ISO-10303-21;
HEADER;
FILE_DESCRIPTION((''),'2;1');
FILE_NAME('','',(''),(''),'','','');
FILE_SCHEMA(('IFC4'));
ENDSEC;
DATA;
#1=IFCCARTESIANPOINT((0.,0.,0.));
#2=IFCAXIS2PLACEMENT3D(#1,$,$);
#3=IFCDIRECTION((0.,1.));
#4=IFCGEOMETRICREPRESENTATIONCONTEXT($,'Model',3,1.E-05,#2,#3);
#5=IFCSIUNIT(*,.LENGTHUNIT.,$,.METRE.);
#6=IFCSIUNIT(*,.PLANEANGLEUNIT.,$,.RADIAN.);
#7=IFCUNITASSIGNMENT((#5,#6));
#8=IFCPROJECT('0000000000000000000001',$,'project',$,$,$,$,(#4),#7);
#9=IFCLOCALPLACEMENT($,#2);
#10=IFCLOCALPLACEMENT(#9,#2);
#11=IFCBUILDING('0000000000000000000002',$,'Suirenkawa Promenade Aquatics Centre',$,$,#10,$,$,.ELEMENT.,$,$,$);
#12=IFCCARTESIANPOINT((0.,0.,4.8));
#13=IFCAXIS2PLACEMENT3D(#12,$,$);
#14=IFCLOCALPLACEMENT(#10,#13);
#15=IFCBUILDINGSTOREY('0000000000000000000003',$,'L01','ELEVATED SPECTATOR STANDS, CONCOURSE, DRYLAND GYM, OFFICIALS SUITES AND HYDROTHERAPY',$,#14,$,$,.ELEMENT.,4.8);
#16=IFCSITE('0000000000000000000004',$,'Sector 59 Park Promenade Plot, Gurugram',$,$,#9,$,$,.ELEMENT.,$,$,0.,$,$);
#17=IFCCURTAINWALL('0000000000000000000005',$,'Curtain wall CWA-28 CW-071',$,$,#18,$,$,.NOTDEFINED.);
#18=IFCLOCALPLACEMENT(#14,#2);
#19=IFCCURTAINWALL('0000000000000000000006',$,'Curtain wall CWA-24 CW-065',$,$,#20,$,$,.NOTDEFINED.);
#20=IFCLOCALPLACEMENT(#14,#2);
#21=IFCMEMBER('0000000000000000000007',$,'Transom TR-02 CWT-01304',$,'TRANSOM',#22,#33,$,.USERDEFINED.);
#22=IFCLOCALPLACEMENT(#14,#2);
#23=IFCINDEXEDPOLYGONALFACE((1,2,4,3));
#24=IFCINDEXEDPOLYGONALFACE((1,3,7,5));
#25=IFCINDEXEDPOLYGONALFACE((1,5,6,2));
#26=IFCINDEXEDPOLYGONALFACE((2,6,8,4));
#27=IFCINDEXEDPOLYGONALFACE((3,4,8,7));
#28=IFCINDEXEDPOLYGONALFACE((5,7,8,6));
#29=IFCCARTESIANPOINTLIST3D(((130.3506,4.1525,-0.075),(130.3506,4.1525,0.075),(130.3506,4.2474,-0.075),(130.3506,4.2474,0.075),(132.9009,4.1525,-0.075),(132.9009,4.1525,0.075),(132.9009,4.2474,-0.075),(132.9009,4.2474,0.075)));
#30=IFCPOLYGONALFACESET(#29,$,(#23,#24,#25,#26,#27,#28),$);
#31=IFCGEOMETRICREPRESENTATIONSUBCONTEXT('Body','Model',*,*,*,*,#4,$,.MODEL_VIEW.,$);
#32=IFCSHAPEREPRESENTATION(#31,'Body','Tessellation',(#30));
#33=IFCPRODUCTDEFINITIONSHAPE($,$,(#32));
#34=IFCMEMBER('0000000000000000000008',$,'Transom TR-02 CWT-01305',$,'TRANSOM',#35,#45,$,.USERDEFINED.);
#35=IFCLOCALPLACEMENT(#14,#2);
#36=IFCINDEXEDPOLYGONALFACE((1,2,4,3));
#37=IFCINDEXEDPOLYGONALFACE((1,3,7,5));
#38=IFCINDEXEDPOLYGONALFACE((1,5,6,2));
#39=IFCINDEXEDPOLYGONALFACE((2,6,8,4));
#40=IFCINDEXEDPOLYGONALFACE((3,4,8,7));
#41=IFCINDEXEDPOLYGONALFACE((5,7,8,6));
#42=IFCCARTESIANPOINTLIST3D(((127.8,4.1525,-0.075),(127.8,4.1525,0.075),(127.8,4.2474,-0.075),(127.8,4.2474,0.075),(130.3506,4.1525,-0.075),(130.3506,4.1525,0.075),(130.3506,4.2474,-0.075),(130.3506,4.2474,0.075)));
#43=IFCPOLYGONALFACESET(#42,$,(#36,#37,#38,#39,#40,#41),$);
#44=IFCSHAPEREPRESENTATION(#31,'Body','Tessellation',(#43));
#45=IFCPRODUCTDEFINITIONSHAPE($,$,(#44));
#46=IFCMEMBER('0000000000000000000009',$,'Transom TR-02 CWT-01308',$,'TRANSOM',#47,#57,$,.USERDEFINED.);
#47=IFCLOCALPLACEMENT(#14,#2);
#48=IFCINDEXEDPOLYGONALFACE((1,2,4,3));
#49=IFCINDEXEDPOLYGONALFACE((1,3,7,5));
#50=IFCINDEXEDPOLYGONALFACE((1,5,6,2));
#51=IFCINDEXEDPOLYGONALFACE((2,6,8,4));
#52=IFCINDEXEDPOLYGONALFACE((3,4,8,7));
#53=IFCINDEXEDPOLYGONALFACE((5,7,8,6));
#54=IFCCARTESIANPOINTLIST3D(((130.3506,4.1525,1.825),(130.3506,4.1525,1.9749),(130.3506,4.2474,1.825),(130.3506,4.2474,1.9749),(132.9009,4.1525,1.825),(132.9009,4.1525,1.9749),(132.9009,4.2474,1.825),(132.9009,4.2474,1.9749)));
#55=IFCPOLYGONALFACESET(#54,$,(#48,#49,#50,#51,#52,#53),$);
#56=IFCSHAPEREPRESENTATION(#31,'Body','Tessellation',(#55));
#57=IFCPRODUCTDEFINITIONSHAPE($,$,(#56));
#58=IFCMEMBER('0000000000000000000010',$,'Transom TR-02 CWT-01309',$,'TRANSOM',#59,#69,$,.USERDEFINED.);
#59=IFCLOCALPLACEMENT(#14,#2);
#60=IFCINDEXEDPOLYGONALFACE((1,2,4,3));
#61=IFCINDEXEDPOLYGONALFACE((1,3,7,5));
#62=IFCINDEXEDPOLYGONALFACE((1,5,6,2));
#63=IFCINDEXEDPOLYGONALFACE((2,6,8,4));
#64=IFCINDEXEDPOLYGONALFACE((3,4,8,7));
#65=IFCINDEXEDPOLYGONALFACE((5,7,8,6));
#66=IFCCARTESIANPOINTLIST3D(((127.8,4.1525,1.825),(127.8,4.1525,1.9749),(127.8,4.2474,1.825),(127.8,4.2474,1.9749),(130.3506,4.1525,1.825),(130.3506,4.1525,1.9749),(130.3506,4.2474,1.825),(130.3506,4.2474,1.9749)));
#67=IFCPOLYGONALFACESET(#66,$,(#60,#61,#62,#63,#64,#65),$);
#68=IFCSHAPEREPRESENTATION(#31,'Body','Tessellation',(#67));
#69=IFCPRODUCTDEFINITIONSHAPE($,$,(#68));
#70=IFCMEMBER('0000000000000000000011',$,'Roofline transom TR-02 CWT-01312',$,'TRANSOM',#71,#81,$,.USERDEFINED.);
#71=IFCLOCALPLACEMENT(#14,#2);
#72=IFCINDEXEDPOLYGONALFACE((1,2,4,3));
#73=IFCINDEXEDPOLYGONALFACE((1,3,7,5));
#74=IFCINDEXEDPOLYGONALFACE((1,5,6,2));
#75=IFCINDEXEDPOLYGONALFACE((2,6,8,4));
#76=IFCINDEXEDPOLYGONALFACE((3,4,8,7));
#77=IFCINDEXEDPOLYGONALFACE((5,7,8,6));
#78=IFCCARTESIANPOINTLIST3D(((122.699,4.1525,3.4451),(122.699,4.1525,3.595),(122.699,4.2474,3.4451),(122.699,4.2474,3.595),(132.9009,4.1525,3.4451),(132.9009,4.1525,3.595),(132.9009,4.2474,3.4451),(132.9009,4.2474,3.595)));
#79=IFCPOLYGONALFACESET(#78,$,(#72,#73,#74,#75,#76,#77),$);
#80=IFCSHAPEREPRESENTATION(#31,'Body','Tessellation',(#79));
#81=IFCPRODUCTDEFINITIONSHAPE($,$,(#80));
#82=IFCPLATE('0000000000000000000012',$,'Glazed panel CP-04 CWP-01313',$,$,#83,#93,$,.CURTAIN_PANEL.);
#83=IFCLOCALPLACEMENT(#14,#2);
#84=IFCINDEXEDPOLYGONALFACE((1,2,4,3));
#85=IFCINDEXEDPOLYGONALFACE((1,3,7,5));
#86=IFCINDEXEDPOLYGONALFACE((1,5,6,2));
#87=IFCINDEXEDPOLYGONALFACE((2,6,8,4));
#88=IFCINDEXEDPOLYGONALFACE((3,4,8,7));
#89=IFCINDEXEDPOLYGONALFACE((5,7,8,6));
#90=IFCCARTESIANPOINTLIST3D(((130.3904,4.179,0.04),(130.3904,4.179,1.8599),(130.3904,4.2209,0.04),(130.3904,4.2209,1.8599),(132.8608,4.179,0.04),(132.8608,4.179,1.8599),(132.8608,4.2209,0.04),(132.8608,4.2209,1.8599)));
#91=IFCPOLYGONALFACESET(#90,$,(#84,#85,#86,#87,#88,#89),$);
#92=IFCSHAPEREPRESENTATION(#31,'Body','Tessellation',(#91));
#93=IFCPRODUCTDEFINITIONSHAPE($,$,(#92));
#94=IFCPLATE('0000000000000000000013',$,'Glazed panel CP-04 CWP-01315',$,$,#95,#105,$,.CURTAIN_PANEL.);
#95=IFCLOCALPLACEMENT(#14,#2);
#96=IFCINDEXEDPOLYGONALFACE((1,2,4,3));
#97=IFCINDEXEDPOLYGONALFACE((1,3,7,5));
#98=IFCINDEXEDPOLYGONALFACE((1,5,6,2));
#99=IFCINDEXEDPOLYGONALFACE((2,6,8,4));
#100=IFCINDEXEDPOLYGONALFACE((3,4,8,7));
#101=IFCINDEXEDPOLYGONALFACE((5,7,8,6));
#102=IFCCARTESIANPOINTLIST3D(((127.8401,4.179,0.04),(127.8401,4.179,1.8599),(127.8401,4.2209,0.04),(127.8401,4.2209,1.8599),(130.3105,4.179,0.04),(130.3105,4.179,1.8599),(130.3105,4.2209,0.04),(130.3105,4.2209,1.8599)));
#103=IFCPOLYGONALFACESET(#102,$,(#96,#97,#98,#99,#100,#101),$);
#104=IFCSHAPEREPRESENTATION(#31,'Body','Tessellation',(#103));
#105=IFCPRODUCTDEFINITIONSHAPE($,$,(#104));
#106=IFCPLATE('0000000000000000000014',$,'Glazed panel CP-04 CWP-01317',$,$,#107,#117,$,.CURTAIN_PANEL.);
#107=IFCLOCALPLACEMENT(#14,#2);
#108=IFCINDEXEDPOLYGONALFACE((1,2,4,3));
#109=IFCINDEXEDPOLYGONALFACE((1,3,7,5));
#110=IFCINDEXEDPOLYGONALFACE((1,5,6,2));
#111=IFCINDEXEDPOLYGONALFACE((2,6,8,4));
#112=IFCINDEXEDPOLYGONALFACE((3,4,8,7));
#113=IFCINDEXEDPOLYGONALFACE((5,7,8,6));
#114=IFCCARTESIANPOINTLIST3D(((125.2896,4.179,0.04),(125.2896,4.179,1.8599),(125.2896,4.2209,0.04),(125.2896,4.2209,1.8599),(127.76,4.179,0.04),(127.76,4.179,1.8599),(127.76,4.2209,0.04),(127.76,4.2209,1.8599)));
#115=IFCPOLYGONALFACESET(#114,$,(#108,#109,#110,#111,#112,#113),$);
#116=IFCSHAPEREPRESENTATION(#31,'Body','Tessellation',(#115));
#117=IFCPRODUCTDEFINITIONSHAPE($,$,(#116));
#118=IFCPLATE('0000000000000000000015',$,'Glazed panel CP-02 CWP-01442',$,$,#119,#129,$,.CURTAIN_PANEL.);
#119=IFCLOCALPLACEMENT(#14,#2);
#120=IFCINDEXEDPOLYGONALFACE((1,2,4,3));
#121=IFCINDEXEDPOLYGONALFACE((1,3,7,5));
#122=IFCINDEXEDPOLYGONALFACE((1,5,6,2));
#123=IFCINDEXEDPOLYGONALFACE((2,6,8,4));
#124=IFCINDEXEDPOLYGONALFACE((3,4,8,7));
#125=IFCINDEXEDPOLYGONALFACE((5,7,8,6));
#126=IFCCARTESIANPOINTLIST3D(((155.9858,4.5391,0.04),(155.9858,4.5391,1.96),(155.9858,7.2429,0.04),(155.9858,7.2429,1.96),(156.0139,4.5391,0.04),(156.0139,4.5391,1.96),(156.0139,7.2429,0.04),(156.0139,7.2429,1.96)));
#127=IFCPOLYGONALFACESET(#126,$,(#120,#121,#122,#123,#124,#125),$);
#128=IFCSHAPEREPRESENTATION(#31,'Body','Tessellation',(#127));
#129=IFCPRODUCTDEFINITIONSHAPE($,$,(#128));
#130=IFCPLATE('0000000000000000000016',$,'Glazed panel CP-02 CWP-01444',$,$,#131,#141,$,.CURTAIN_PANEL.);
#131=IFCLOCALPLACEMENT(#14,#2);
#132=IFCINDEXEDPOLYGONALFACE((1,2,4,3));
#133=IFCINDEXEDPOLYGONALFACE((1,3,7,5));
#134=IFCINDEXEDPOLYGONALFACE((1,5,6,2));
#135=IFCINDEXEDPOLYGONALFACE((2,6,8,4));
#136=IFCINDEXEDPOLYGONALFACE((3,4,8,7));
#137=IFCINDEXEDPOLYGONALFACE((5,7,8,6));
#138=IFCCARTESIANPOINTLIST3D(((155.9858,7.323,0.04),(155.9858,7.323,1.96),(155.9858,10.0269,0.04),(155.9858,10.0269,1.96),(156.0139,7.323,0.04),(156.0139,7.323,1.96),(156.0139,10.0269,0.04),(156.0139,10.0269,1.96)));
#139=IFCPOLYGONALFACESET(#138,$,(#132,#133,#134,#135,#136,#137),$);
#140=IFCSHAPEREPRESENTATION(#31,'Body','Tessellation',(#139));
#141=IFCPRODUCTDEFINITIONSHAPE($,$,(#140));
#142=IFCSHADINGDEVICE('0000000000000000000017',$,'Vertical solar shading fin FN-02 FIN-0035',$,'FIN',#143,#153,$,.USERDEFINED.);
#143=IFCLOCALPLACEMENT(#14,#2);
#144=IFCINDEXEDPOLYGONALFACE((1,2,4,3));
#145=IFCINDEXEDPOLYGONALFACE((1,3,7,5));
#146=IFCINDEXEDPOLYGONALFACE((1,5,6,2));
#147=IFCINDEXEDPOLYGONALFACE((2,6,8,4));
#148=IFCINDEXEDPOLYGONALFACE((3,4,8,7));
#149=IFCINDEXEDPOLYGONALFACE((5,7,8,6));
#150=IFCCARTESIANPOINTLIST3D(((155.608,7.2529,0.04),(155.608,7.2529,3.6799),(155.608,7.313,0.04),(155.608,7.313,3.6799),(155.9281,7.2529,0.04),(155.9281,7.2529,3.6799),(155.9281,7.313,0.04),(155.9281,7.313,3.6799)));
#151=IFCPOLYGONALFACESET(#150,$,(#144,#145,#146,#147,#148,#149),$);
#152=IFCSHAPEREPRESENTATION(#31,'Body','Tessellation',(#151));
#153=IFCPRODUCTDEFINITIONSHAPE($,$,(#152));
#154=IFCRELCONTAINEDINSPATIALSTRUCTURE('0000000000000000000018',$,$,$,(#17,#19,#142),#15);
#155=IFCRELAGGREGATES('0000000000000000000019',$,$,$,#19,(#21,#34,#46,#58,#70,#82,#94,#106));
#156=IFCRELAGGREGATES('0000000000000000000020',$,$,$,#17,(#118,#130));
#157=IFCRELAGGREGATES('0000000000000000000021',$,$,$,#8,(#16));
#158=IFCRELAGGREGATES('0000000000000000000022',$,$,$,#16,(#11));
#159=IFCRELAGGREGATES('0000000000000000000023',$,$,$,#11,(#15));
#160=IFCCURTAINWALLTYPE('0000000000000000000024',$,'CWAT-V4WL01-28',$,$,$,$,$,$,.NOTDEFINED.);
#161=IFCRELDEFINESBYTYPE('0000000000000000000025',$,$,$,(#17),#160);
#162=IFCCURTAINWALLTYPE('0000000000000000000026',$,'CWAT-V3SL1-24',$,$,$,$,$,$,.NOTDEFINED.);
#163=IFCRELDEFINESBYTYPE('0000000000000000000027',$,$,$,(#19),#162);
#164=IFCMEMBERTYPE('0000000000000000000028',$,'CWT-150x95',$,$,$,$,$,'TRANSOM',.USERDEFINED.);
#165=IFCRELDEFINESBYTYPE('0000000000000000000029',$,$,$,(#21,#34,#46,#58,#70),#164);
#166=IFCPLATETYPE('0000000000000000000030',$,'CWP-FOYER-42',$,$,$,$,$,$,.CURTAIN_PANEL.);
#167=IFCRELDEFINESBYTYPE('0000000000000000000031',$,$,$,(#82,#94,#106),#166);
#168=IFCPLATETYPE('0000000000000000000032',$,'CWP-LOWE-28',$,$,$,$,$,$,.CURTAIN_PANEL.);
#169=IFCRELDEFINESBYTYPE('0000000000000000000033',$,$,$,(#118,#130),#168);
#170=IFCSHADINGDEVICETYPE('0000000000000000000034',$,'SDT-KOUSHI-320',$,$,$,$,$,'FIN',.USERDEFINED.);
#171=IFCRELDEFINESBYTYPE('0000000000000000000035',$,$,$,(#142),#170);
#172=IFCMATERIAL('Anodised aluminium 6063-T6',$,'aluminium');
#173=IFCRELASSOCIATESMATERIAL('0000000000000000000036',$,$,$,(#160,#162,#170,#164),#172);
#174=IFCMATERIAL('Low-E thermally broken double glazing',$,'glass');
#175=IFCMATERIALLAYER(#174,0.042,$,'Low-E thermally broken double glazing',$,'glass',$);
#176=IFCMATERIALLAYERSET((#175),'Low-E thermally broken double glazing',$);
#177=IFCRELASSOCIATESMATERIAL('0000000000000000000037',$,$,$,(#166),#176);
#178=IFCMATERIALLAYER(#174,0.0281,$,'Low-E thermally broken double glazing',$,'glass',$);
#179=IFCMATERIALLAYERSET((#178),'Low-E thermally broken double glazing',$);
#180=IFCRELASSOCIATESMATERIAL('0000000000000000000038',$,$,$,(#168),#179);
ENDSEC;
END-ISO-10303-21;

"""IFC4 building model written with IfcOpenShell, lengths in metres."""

from ifc_helpers import new_model, si_unit, direction, frame, origin, origin_2d, place, context, subcontext, project, spatial, polyline, rectangle, outline, extrude, material, layer, layer_set, material_profile, profile_set, type_object, element, aggregate, save


model = new_model("IFC4")

# Units and contexts
model_context = context("Model", 3, precision=1e-05, world=origin(), true_north=direction((0.0, 1.0)))
body_context = subcontext(model_context, "Body", "Model", "MODEL_VIEW")
ifc_project = project(units=[si_unit("LENGTHUNIT", "METRE"), si_unit("PLANEANGLEUNIT", "RADIAN")], contexts=[model_context])

# Site, building, storey
site_placement = place(None, origin())
site = spatial("IfcSite", under=ifc_project, at=site_placement, Name="Sector 59 Park Promenade Plot, Gurugram", CompositionType="ELEMENT", RefElevation=0.0)
building_placement = place(site_placement, origin())
building = spatial("IfcBuilding", under=site, at=building_placement, Name="Suirenkawa Promenade Aquatics Centre", CompositionType="ELEMENT")
storey_placement = place(building_placement, frame((0.0, 0.0, 4.8)))
storey = spatial("IfcBuildingStorey", under=building, at=storey_placement, Name="L01", Description="ELEVATED SPECTATOR STANDS, CONCOURSE, DRYLAND GYM, OFFICIALS SUITES AND HYDROTHERAPY", CompositionType="ELEMENT", Elevation=4.8)

# Curtain walls
ifc_material_1 = material(Name="Anodised aluminium 6063-T6", Category="aluminium")
curtain_wall_type_1 = type_object("IfcCurtainWallType", Name="CWAT-V4WL01-28", PredefinedType="NOTDEFINED", material=ifc_material_1)
curtain_wall_1_placement = place(storey_placement, origin())
curtain_wall_1 = element("IfcCurtainWall", 1, at=curtain_wall_1_placement, inside=storey, type_object=curtain_wall_type_1, Name="Curtain wall CWA-28 CW-071", PredefinedType="NOTDEFINED")
curtain_wall_type_2 = type_object("IfcCurtainWallType", Name="CWAT-V3SL1-24", PredefinedType="NOTDEFINED", material=ifc_material_1)
curtain_wall_2_placement = place(storey_placement, origin())
curtain_wall_2 = element("IfcCurtainWall", 2, at=curtain_wall_2_placement, inside=storey, type_object=curtain_wall_type_2, Name="Curtain wall CWA-24 CW-065", PredefinedType="NOTDEFINED")

# Members
ifc_material_profile_1 = material_profile(ifc_material_1, rectangle(XDim=0.095, YDim=0.1499, at=origin_2d()), Name="ALU TRAN 95x150", Category="aluminium")
ifc_profile_set_1 = profile_set([ifc_material_profile_1], Name="Anodised aluminium 6063-T6")
member_type_1 = type_object("IfcMemberType", Name="CWT-150x95", ElementType="TRANSOM", PredefinedType="USERDEFINED", material=ifc_profile_set_1)
member_1_placement = place(storey_placement, frame((132.9009, 4.2, 0.0), z_axis=(-1.0, 0.0, 0.0), x_axis=(0.0, -1.0, 0.0)))
member_1 = element("IfcMember", 3, at=member_1_placement, type_object=member_type_1, Name="Transom TR-02 CWT-01304", ObjectType="TRANSOM", PredefinedType="USERDEFINED", context=body_context, shape_type="SweptSolid", body=[
    extrude(rectangle(XDim=0.095, YDim=0.1499, at=origin_2d()), origin(), (0.0, 0.0, 1.0), 2.5503),
])
member_2_placement = place(storey_placement, frame((130.3506, 4.2, 0.0), z_axis=(-1.0, 0.0, 0.0), x_axis=(0.0, -1.0, 0.0)))
member_2 = element("IfcMember", 4, at=member_2_placement, type_object=member_type_1, Name="Transom TR-02 CWT-01305", ObjectType="TRANSOM", PredefinedType="USERDEFINED", context=body_context, shape_type="SweptSolid", body=[
    extrude(rectangle(XDim=0.095, YDim=0.1499, at=origin_2d()), origin(), (0.0, 0.0, 1.0), 2.5505),
])
member_3_placement = place(storey_placement, frame((132.9009, 4.2, 1.8999), z_axis=(-1.0, 0.0, 0.0), x_axis=(0.0, -1.0, 0.0)))
member_3 = element("IfcMember", 5, at=member_3_placement, type_object=member_type_1, Name="Transom TR-02 CWT-01308", ObjectType="TRANSOM", PredefinedType="USERDEFINED", context=body_context, shape_type="SweptSolid", body=[
    extrude(rectangle(XDim=0.095, YDim=0.1499, at=origin_2d()), origin(), (0.0, 0.0, 1.0), 2.5503),
])
member_4_placement = place(storey_placement, frame((130.3506, 4.2, 1.8999), z_axis=(-1.0, 0.0, 0.0), x_axis=(0.0, -1.0, 0.0)))
member_4 = element("IfcMember", 6, at=member_4_placement, type_object=member_type_1, Name="Transom TR-02 CWT-01309", ObjectType="TRANSOM", PredefinedType="USERDEFINED", context=body_context, shape_type="SweptSolid", body=[
    extrude(rectangle(XDim=0.095, YDim=0.1499, at=origin_2d()), origin(), (0.0, 0.0, 1.0), 2.5505),
])
member_5_placement = place(storey_placement, frame((132.9009, 4.2, 3.52), z_axis=(-1.0, 0.0, 0.0), x_axis=(0.0, -1.0, 0.0)))
member_5 = element("IfcMember", 7, at=member_5_placement, type_object=member_type_1, Name="Roofline transom TR-02 CWT-01312", ObjectType="TRANSOM", PredefinedType="USERDEFINED", context=body_context, shape_type="SweptSolid", body=[
    extrude(rectangle(XDim=0.095, YDim=0.1499, at=origin_2d()), origin(), (0.0, 0.0, 1.0), 10.2019),
])

# Plates
ifc_material_2 = material(Name="Low-E thermally broken double glazing", Category="glass")
ifc_layer_1 = layer(ifc_material_2, 0.042, Name="Low-E thermally broken double glazing", Category="glass")
ifc_layer_set_1 = layer_set([ifc_layer_1], Name="Low-E thermally broken double glazing")
plate_type_1 = type_object("IfcPlateType", Name="CWP-FOYER-42", PredefinedType="CURTAIN_PANEL", material=ifc_layer_set_1)
plate_1_placement = place(storey_placement, frame((132.9009, 4.2, 0.04), z_axis=(0.0, 0.0, 1.0), x_axis=(-1.0, 0.0, 0.0)))
plate_1 = element("IfcPlate", 8, at=plate_1_placement, type_object=plate_type_1, Name="Glazed panel CP-04 CWP-01313", PredefinedType="CURTAIN_PANEL", context=body_context, shape_type="SweptSolid", body=[
    extrude(outline(polyline([(0.04, 0.0), (2.5105, 0.0), (2.5105, 1.8198), (0.04, 1.8198), (0.04, 0.0)])), frame((0.0, 0.021, 0.0), z_axis=(0.0, -1.0, 0.0), x_axis=(1.0, 0.0, 0.0)), (0.0, 0.0, 1.0), 0.042),
])
plate_2_placement = place(storey_placement, frame((130.3506, 4.2, 0.04), z_axis=(0.0, 0.0, 1.0), x_axis=(-1.0, 0.0, 0.0)))
plate_2 = element("IfcPlate", 9, at=plate_2_placement, type_object=plate_type_1, Name="Glazed panel CP-04 CWP-01315", PredefinedType="CURTAIN_PANEL", context=body_context, shape_type="SweptSolid", body=[
    extrude(outline(polyline([(0.04, 0.0), (2.5105, 0.0), (2.5105, 1.8198), (0.04, 1.8198), (0.04, 0.0)])), frame((0.0, 0.021, 0.0), z_axis=(0.0, -1.0, 0.0), x_axis=(1.0, 0.0, 0.0)), (0.0, 0.0, 1.0), 0.042),
])
plate_3_placement = place(storey_placement, frame((127.8, 4.2, 0.04), z_axis=(0.0, 0.0, 1.0), x_axis=(-1.0, 0.0, 0.0)))
plate_3 = element("IfcPlate", 10, at=plate_3_placement, type_object=plate_type_1, Name="Glazed panel CP-04 CWP-01317", PredefinedType="CURTAIN_PANEL", context=body_context, shape_type="SweptSolid", body=[
    extrude(outline(polyline([(0.04, 0.0), (2.5105, 0.0), (2.5105, 1.8198), (0.04, 1.8198), (0.04, 0.0)])), frame((0.0, 0.021, 0.0), z_axis=(0.0, -1.0, 0.0), x_axis=(1.0, 0.0, 0.0)), (0.0, 0.0, 1.0), 0.042),
])
aggregate(curtain_wall_2, [member_1, member_2, member_3, member_4, member_5, plate_1, plate_2, plate_3])
ifc_layer_2 = layer(ifc_material_2, 0.0281, Name="Low-E thermally broken double glazing", Category="glass")
ifc_layer_set_2 = layer_set([ifc_layer_2], Name="Low-E thermally broken double glazing")
plate_type_2 = type_object("IfcPlateType", Name="CWP-LOWE-28", PredefinedType="CURTAIN_PANEL", material=ifc_layer_set_2)
plate_4_placement = place(storey_placement, frame((156.0, 4.499, 0.04), z_axis=(0.0, 0.0, 1.0), x_axis=(0.0, 1.0, 0.0)))
plate_4 = element("IfcPlate", 11, at=plate_4_placement, type_object=plate_type_2, Name="Glazed panel CP-02 CWP-01442", PredefinedType="CURTAIN_PANEL", context=body_context, shape_type="SweptSolid", body=[
    extrude(outline(polyline([(0.04, 0.0), (2.7439, 0.0), (2.7439, 1.9199), (0.04, 1.9199), (0.04, 0.0)])), frame((0.0, 0.0142, 0.0), z_axis=(0.0, -1.0, 0.0), x_axis=(1.0, 0.0, 0.0)), (0.0, 0.0, 1.0), 0.0281),
])
plate_5_placement = place(storey_placement, frame((156.0, 7.283, 0.04), z_axis=(0.0, 0.0, 1.0), x_axis=(0.0, 1.0, 0.0)))
plate_5 = element("IfcPlate", 12, at=plate_5_placement, type_object=plate_type_2, Name="Glazed panel CP-02 CWP-01444", PredefinedType="CURTAIN_PANEL", context=body_context, shape_type="SweptSolid", body=[
    extrude(outline(polyline([(0.04, 0.0), (2.7439, 0.0), (2.7439, 1.9199), (0.04, 1.9199), (0.04, 0.0)])), frame((0.0, 0.0142, 0.0), z_axis=(0.0, -1.0, 0.0), x_axis=(1.0, 0.0, 0.0)), (0.0, 0.0, 1.0), 0.0281),
])
aggregate(curtain_wall_1, [plate_4, plate_5])

# Shading device
shading_device_type = type_object("IfcShadingDeviceType", Name="SDT-KOUSHI-320", ElementType="FIN", PredefinedType="USERDEFINED", material=ifc_material_1)
shading_device_placement = place(storey_placement, frame((155.7681, 7.283, 0.04), z_axis=(0.0, 0.0, 1.0), x_axis=(-1.0, 0.0, 0.0)))
element("IfcShadingDevice", 13, at=shading_device_placement, inside=storey, type_object=shading_device_type, Name="Vertical solar shading fin FN-02 FIN-0035", ObjectType="FIN", PredefinedType="USERDEFINED", context=body_context, shape_type="SweptSolid", body=[
    extrude(rectangle(XDim=0.3201, YDim=0.0601, at=origin_2d()), origin(), (0.0, 0.0, 1.0), 3.6399),
])

save(model, "model.ifc")
